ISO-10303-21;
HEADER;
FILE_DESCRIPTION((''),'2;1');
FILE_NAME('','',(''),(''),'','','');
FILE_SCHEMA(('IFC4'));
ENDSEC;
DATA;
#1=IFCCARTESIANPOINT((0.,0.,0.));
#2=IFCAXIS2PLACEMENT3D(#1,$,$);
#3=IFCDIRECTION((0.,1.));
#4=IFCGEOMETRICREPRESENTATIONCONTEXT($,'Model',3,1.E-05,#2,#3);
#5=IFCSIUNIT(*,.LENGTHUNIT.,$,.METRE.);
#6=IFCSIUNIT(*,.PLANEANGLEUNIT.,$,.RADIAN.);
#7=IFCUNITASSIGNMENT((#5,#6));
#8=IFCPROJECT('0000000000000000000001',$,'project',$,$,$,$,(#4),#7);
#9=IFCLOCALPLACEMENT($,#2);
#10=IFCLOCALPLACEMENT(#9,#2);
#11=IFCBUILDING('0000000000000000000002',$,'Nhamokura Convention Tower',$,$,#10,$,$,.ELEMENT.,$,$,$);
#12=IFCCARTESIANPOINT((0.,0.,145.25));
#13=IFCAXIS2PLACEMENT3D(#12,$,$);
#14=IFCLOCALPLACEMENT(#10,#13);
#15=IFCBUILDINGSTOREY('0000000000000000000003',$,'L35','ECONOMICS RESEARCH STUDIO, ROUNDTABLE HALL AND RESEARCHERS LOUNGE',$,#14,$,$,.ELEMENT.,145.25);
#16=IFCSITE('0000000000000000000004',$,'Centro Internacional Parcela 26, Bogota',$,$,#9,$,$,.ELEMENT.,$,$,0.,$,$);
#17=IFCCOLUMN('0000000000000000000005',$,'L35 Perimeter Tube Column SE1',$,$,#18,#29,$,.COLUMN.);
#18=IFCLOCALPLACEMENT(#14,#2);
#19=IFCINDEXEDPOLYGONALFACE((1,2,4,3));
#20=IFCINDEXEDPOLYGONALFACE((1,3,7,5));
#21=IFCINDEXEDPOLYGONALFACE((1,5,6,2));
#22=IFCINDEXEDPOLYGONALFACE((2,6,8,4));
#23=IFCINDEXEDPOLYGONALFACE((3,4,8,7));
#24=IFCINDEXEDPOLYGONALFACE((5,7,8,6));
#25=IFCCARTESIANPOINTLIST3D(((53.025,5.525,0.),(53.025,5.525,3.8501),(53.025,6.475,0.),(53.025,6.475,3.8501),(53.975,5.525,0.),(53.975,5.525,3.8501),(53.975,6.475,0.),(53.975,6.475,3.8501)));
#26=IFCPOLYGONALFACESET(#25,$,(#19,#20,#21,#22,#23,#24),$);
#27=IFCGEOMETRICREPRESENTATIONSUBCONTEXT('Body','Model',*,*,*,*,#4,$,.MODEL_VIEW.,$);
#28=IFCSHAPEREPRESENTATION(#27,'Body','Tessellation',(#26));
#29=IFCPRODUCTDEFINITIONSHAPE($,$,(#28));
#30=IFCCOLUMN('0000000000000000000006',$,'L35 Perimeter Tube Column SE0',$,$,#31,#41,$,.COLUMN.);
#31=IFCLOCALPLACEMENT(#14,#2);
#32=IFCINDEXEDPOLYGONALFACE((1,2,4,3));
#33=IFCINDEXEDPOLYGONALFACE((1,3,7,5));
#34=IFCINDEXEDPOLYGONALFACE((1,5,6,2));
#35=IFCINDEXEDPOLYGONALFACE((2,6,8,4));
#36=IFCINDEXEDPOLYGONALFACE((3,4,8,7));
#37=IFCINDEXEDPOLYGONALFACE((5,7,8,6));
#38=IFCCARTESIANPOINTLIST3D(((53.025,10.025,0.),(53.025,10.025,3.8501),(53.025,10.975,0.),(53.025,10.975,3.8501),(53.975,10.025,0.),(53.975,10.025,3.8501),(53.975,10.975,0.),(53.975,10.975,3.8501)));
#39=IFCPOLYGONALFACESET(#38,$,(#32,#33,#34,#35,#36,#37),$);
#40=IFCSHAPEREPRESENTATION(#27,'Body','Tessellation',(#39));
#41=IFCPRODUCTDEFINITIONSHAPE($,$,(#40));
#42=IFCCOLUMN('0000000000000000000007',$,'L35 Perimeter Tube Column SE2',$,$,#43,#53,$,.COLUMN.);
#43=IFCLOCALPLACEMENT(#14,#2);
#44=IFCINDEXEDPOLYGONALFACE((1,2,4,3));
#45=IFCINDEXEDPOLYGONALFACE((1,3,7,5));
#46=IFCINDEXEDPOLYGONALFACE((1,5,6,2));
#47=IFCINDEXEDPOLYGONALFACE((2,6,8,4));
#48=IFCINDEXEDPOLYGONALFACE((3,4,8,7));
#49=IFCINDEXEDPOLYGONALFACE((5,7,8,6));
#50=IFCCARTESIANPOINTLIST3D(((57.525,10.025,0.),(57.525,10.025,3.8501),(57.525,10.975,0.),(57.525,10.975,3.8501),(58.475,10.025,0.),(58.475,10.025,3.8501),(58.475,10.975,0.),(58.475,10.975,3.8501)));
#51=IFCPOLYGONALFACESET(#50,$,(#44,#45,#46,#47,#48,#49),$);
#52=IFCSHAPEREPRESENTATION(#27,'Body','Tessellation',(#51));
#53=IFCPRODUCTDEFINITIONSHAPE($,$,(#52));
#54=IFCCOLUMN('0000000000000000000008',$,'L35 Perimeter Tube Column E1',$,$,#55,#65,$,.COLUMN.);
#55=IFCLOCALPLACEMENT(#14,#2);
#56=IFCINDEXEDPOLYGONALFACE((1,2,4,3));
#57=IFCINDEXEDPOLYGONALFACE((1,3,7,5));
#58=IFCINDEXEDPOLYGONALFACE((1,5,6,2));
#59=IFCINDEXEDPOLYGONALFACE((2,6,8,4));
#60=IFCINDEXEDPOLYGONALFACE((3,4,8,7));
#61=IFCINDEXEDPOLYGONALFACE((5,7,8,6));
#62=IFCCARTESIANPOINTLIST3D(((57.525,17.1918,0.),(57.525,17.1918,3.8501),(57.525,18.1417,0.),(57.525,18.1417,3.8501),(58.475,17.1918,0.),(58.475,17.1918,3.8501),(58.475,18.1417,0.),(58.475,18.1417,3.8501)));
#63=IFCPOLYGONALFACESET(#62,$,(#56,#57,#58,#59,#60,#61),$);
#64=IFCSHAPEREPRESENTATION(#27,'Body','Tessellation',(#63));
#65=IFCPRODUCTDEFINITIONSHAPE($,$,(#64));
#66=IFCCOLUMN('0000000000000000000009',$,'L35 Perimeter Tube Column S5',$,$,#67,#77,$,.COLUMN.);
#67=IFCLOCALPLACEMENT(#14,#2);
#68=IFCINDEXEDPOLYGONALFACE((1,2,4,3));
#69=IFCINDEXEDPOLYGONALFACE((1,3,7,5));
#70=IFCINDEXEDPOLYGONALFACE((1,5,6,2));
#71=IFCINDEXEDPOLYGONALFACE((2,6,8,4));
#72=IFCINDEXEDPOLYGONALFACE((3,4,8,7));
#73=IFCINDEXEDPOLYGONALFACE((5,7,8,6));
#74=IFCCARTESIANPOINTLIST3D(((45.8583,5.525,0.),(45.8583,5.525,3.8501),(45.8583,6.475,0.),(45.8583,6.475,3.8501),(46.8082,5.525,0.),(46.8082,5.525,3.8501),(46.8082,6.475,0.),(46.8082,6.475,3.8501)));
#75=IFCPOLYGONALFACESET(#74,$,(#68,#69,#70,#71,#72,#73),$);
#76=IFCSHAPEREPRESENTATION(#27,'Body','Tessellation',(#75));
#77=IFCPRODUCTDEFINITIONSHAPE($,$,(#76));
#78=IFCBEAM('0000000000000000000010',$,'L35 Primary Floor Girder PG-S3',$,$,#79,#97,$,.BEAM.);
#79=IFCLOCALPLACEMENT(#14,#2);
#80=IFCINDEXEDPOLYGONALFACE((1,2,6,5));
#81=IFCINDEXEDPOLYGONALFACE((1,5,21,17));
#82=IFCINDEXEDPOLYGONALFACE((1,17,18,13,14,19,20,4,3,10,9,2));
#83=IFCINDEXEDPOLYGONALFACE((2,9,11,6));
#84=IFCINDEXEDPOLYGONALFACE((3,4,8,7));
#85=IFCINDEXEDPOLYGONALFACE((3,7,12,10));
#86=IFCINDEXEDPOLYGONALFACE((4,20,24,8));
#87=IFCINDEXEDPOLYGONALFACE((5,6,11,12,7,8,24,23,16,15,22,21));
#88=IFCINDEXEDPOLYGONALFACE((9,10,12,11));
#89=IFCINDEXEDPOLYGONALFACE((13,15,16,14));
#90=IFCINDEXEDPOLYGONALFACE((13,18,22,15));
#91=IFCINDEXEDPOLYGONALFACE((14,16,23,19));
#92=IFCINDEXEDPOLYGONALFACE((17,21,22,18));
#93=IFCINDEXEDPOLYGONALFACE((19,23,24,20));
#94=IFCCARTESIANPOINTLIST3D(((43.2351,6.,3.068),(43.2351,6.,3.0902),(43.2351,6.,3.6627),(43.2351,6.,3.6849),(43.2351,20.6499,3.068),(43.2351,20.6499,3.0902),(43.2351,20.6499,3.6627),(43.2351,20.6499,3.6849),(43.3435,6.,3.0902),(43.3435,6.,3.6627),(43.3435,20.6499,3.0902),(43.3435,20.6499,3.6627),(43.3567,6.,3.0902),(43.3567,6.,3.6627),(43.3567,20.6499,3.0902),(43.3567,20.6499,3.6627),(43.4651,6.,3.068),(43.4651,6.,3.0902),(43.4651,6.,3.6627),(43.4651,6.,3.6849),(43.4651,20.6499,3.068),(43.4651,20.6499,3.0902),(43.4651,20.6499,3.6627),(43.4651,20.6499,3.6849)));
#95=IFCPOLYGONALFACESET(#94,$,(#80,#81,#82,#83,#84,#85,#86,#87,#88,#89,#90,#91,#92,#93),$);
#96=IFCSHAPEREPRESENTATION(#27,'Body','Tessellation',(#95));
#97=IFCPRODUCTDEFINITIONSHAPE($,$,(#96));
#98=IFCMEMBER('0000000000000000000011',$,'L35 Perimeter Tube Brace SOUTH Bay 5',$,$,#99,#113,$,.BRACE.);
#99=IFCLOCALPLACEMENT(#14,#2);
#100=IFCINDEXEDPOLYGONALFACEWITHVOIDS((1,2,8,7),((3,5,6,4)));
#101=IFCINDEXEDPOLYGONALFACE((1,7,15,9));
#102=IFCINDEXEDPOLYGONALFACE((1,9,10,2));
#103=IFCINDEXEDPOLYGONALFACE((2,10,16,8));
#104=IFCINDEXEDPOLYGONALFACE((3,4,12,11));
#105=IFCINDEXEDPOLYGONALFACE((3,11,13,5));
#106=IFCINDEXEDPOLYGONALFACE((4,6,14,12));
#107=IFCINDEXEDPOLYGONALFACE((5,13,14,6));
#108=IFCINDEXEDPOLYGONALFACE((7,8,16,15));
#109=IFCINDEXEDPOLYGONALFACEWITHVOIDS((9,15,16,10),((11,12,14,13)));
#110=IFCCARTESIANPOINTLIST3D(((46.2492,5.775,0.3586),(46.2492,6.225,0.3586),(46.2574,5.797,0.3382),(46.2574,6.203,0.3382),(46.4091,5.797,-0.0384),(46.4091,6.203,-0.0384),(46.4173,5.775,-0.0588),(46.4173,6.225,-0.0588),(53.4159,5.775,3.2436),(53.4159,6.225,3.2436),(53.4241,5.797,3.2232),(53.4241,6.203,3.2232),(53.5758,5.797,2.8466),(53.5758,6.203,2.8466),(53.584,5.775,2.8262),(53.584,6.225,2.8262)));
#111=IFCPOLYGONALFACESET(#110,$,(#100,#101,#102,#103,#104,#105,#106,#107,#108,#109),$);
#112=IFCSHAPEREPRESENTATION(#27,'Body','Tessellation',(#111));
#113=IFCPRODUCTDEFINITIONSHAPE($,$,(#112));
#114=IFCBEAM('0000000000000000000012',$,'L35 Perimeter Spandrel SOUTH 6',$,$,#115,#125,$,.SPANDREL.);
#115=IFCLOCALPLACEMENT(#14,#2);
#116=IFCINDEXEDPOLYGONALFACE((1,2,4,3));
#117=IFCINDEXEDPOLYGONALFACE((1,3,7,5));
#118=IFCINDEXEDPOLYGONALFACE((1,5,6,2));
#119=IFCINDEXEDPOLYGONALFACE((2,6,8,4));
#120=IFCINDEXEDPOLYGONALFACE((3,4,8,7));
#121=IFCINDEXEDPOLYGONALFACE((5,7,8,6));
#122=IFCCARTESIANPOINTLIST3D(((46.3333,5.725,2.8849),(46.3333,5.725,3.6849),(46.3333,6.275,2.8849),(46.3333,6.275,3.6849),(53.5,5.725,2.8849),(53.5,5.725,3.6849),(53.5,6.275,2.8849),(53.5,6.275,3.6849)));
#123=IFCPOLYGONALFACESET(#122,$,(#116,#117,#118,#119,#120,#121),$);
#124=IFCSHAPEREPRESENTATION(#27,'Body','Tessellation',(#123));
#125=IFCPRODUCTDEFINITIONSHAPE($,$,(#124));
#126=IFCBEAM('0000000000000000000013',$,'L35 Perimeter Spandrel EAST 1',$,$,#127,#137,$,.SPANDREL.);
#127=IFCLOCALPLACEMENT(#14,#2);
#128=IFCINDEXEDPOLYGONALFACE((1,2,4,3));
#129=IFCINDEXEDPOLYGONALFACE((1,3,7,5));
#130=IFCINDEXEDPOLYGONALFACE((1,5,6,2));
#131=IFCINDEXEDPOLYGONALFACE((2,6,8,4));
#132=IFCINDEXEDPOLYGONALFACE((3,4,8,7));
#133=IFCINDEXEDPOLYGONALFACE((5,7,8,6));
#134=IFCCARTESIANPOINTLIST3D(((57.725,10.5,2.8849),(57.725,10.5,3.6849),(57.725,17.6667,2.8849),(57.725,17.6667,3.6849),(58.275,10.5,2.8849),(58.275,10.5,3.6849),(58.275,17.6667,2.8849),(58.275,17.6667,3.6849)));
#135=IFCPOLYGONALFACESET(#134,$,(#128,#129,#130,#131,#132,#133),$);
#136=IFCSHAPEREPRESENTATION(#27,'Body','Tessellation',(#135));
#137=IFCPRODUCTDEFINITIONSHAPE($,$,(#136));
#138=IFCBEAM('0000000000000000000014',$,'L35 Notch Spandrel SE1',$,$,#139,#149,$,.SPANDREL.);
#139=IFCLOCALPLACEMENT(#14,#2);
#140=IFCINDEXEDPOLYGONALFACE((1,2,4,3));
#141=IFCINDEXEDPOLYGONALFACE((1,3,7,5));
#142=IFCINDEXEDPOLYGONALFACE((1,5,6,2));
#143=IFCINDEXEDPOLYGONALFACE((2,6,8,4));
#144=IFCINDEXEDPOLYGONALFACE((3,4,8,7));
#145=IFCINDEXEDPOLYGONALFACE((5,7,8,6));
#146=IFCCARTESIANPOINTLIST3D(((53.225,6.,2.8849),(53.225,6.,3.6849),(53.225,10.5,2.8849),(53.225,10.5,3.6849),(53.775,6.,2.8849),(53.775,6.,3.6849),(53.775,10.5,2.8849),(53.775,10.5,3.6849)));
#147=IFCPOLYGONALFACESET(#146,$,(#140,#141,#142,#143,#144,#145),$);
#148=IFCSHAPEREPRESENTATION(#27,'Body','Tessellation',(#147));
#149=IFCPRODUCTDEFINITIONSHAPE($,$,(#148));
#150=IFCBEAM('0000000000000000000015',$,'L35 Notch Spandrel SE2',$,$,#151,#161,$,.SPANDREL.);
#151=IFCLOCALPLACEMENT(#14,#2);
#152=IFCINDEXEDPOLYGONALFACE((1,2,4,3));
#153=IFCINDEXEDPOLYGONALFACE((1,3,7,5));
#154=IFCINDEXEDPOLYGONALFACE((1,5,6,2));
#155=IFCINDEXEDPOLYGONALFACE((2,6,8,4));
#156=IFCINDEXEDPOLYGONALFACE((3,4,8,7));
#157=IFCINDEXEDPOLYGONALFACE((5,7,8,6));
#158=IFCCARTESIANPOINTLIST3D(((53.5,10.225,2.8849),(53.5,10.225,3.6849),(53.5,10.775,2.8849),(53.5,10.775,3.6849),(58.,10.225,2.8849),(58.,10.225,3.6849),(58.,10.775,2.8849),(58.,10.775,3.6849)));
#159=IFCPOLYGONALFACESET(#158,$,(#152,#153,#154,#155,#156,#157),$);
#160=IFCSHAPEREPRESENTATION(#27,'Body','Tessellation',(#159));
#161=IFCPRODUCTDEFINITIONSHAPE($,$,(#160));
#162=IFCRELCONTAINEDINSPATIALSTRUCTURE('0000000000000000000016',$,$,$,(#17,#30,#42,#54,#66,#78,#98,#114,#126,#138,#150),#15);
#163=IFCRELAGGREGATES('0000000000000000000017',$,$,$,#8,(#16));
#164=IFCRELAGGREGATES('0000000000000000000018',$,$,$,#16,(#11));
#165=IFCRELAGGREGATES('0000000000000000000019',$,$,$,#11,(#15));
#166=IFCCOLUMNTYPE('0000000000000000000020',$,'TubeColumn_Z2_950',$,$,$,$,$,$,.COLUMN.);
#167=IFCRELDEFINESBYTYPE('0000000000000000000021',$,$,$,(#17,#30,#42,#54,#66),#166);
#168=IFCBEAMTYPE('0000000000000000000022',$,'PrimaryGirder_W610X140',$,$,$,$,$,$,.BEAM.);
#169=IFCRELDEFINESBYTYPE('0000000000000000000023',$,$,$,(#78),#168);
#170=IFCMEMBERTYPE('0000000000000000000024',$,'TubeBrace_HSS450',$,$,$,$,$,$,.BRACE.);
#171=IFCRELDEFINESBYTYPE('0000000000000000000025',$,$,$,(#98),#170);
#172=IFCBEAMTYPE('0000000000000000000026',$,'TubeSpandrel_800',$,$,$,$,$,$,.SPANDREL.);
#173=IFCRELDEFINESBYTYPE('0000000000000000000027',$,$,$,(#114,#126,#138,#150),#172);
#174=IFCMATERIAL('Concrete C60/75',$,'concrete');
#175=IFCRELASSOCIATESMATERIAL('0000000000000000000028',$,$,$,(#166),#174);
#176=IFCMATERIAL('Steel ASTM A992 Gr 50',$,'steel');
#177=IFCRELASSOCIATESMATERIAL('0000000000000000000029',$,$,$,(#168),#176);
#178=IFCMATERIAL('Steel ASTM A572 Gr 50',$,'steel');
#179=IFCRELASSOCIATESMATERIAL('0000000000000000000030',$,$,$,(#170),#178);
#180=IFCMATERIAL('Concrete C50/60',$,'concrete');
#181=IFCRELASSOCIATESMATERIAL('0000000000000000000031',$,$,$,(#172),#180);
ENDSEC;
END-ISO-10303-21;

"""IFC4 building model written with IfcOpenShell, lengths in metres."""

from ifc_helpers import new_model, si_unit, direction, frame, origin, origin_2d, place, context, subcontext, project, spatial, rectangle, hollow_rectangle, i_section, extrude, material, material_profile, profile_set, type_object, element, save


model = new_model("IFC4")

# Units and contexts
model_context = context("Model", 3, precision=1e-05, world=origin(), true_north=direction((0.0, 1.0)))
body_context = subcontext(model_context, "Body", "Model", "MODEL_VIEW")
ifc_project = project(units=[si_unit("LENGTHUNIT", "METRE"), si_unit("PLANEANGLEUNIT", "RADIAN")], contexts=[model_context])

# Site, building, storey
site_placement = place(None, origin())
site = spatial("IfcSite", under=ifc_project, at=site_placement, Name="Centro Internacional Parcela 26, Bogota", CompositionType="ELEMENT", RefElevation=0.0)
building_placement = place(site_placement, origin())
building = spatial("IfcBuilding", under=site, at=building_placement, Name="Nhamokura Convention Tower", CompositionType="ELEMENT")
storey_placement = place(building_placement, frame((0.0, 0.0, 145.25)))
storey = spatial("IfcBuildingStorey", under=building, at=storey_placement, Name="L35", Description="ECONOMICS RESEARCH STUDIO, ROUNDTABLE HALL AND RESEARCHERS LOUNGE", CompositionType="ELEMENT", Elevation=145.25)

# Columns
ifc_material_1 = material(Name="Concrete C60/75", Category="concrete")
ifc_material_profile_1 = material_profile(ifc_material_1, rectangle(XDim=0.95, YDim=0.95, at=origin_2d()))
ifc_profile_set_1 = profile_set([ifc_material_profile_1], Name="Concrete C60/75")
column_type = type_object("IfcColumnType", Name="TubeColumn_Z2_950", PredefinedType="COLUMN", material=ifc_profile_set_1)
for number, where, z_axis, x_axis, name in (
    (1, (53.5, 6.0, 0.0), (0.0, 0.0, 1.0), (1.0, 0.0, 0.0), "L35 Perimeter Tube Column SE1"),
    (2, (53.5, 10.5, 0.0), (0.0, 0.0, 1.0), (1.0, 0.0, 0.0), "L35 Perimeter Tube Column SE0"),
    (3, (58.0, 10.5, 0.0), (0.0, 0.0, 1.0), (1.0, 0.0, 0.0), "L35 Perimeter Tube Column SE2"),
    (4, (58.0, 17.6667, 0.0), (0.0, 0.0, 1.0), (1.0, 0.0, 0.0), "L35 Perimeter Tube Column E1"),
    (5, (46.3333, 6.0, 0.0), (0.0, 0.0, 1.0), (1.0, 0.0, 0.0), "L35 Perimeter Tube Column S5"),
):
    element("IfcColumn", number, at=place(storey_placement, frame(where, z_axis=z_axis, x_axis=x_axis)), inside=storey, type_object=column_type, Name=name, PredefinedType="COLUMN", context=body_context, shape_type="SweptSolid", body=[
        extrude(rectangle(XDim=0.95, YDim=0.95, at=origin_2d()), origin(), (0.0, 0.0, 1.0), 3.8501),
    ])

# Beam
ifc_material_2 = material(Name="Steel ASTM A992 Gr 50", Category="steel")
ifc_material_profile_2 = material_profile(ifc_material_2, i_section(OverallWidth=0.23, OverallDepth=0.6169, WebThickness=0.0132, FlangeThickness=0.0222, at=origin_2d()))
ifc_profile_set_2 = profile_set([ifc_material_profile_2], Name="Steel ASTM A992 Gr 50")
beam_type_1 = type_object("IfcBeamType", Name="PrimaryGirder_W610X140", PredefinedType="BEAM", material=ifc_profile_set_2)
beam_placement = place(storey_placement, frame((43.3501, 6.0, 3.3765), z_axis=(0.0, 1.0, 0.0), x_axis=(-1.0, 0.0, 0.0)))
element("IfcBeam", 6, at=beam_placement, inside=storey, type_object=beam_type_1, Name="L35 Primary Floor Girder PG-S3", PredefinedType="BEAM", context=body_context, shape_type="SweptSolid", body=[
    extrude(i_section(OverallWidth=0.23, OverallDepth=0.6169, WebThickness=0.0132, FlangeThickness=0.0222, at=origin_2d()), origin(), (0.0, 0.0, 1.0), 14.6499),
])

# Member
ifc_material_3 = material(Name="Steel ASTM A572 Gr 50", Category="steel")
ifc_material_profile_3 = material_profile(ifc_material_3, hollow_rectangle(XDim=0.45, YDim=0.45, WallThickness=0.022, at=origin_2d()))
ifc_profile_set_3 = profile_set([ifc_material_profile_3], Name="Steel ASTM A572 Gr 50")
member_type = type_object("IfcMemberType", Name="TubeBrace_HSS450", PredefinedType="BRACE", material=ifc_profile_set_3)
member_placement = place(storey_placement, frame((46.3333, 6.0, 0.1499), z_axis=(0.927657, 0.0, 0.373433), x_axis=(0.0, 1.0, 0.0)))
element("IfcMember", 7, at=member_placement, inside=storey, type_object=member_type, Name="L35 Perimeter Tube Brace SOUTH Bay 5", PredefinedType="BRACE", context=body_context, shape_type="SweptSolid", body=[
    extrude(hollow_rectangle(XDim=0.45, YDim=0.45, WallThickness=0.022, at=origin_2d()), origin(), (0.0, 0.0, 1.0), 7.7256),
])

# Beams
ifc_material_4 = material(Name="Concrete C50/60", Category="concrete")
ifc_material_profile_4 = material_profile(ifc_material_4, rectangle(XDim=0.55, YDim=0.8, at=origin_2d()))
ifc_profile_set_4 = profile_set([ifc_material_profile_4], Name="Concrete C50/60")
beam_type_2 = type_object("IfcBeamType", Name="TubeSpandrel_800", PredefinedType="SPANDREL", material=ifc_profile_set_4)
for number, where, z_axis, x_axis, name in (
    (8, (46.3333, 6.0, 3.2849), (1.0, 0.0, 0.0), (0.0, 1.0, 0.0), "L35 Perimeter Spandrel SOUTH 6"),
    (9, (58.0, 10.5, 3.2849), (0.0, 1.0, 0.0), (-1.0, 0.0, 0.0), "L35 Perimeter Spandrel EAST 1"),
):
    element("IfcBeam", number, at=place(storey_placement, frame(where, z_axis=z_axis, x_axis=x_axis)), inside=storey, type_object=beam_type_2, Name=name, PredefinedType="SPANDREL", context=body_context, shape_type="SweptSolid", body=[
        extrude(rectangle(XDim=0.55, YDim=0.8, at=origin_2d()), origin(), (0.0, 0.0, 1.0), 7.1667),
    ])
for number, where, z_axis, x_axis, name in (
    (10, (53.5, 6.0, 3.2849), (0.0, 1.0, 0.0), (-1.0, 0.0, 0.0), "L35 Notch Spandrel SE1"),
    (11, (53.5, 10.5, 3.2849), (1.0, 0.0, 0.0), (0.0, 1.0, 0.0), "L35 Notch Spandrel SE2"),
):
    element("IfcBeam", number, at=place(storey_placement, frame(where, z_axis=z_axis, x_axis=x_axis)), inside=storey, type_object=beam_type_2, Name=name, PredefinedType="SPANDREL", context=body_context, shape_type="SweptSolid", body=[
        extrude(rectangle(XDim=0.55, YDim=0.8, at=origin_2d()), origin(), (0.0, 0.0, 1.0), 4.5),
    ])

save(model, "model.ifc")
